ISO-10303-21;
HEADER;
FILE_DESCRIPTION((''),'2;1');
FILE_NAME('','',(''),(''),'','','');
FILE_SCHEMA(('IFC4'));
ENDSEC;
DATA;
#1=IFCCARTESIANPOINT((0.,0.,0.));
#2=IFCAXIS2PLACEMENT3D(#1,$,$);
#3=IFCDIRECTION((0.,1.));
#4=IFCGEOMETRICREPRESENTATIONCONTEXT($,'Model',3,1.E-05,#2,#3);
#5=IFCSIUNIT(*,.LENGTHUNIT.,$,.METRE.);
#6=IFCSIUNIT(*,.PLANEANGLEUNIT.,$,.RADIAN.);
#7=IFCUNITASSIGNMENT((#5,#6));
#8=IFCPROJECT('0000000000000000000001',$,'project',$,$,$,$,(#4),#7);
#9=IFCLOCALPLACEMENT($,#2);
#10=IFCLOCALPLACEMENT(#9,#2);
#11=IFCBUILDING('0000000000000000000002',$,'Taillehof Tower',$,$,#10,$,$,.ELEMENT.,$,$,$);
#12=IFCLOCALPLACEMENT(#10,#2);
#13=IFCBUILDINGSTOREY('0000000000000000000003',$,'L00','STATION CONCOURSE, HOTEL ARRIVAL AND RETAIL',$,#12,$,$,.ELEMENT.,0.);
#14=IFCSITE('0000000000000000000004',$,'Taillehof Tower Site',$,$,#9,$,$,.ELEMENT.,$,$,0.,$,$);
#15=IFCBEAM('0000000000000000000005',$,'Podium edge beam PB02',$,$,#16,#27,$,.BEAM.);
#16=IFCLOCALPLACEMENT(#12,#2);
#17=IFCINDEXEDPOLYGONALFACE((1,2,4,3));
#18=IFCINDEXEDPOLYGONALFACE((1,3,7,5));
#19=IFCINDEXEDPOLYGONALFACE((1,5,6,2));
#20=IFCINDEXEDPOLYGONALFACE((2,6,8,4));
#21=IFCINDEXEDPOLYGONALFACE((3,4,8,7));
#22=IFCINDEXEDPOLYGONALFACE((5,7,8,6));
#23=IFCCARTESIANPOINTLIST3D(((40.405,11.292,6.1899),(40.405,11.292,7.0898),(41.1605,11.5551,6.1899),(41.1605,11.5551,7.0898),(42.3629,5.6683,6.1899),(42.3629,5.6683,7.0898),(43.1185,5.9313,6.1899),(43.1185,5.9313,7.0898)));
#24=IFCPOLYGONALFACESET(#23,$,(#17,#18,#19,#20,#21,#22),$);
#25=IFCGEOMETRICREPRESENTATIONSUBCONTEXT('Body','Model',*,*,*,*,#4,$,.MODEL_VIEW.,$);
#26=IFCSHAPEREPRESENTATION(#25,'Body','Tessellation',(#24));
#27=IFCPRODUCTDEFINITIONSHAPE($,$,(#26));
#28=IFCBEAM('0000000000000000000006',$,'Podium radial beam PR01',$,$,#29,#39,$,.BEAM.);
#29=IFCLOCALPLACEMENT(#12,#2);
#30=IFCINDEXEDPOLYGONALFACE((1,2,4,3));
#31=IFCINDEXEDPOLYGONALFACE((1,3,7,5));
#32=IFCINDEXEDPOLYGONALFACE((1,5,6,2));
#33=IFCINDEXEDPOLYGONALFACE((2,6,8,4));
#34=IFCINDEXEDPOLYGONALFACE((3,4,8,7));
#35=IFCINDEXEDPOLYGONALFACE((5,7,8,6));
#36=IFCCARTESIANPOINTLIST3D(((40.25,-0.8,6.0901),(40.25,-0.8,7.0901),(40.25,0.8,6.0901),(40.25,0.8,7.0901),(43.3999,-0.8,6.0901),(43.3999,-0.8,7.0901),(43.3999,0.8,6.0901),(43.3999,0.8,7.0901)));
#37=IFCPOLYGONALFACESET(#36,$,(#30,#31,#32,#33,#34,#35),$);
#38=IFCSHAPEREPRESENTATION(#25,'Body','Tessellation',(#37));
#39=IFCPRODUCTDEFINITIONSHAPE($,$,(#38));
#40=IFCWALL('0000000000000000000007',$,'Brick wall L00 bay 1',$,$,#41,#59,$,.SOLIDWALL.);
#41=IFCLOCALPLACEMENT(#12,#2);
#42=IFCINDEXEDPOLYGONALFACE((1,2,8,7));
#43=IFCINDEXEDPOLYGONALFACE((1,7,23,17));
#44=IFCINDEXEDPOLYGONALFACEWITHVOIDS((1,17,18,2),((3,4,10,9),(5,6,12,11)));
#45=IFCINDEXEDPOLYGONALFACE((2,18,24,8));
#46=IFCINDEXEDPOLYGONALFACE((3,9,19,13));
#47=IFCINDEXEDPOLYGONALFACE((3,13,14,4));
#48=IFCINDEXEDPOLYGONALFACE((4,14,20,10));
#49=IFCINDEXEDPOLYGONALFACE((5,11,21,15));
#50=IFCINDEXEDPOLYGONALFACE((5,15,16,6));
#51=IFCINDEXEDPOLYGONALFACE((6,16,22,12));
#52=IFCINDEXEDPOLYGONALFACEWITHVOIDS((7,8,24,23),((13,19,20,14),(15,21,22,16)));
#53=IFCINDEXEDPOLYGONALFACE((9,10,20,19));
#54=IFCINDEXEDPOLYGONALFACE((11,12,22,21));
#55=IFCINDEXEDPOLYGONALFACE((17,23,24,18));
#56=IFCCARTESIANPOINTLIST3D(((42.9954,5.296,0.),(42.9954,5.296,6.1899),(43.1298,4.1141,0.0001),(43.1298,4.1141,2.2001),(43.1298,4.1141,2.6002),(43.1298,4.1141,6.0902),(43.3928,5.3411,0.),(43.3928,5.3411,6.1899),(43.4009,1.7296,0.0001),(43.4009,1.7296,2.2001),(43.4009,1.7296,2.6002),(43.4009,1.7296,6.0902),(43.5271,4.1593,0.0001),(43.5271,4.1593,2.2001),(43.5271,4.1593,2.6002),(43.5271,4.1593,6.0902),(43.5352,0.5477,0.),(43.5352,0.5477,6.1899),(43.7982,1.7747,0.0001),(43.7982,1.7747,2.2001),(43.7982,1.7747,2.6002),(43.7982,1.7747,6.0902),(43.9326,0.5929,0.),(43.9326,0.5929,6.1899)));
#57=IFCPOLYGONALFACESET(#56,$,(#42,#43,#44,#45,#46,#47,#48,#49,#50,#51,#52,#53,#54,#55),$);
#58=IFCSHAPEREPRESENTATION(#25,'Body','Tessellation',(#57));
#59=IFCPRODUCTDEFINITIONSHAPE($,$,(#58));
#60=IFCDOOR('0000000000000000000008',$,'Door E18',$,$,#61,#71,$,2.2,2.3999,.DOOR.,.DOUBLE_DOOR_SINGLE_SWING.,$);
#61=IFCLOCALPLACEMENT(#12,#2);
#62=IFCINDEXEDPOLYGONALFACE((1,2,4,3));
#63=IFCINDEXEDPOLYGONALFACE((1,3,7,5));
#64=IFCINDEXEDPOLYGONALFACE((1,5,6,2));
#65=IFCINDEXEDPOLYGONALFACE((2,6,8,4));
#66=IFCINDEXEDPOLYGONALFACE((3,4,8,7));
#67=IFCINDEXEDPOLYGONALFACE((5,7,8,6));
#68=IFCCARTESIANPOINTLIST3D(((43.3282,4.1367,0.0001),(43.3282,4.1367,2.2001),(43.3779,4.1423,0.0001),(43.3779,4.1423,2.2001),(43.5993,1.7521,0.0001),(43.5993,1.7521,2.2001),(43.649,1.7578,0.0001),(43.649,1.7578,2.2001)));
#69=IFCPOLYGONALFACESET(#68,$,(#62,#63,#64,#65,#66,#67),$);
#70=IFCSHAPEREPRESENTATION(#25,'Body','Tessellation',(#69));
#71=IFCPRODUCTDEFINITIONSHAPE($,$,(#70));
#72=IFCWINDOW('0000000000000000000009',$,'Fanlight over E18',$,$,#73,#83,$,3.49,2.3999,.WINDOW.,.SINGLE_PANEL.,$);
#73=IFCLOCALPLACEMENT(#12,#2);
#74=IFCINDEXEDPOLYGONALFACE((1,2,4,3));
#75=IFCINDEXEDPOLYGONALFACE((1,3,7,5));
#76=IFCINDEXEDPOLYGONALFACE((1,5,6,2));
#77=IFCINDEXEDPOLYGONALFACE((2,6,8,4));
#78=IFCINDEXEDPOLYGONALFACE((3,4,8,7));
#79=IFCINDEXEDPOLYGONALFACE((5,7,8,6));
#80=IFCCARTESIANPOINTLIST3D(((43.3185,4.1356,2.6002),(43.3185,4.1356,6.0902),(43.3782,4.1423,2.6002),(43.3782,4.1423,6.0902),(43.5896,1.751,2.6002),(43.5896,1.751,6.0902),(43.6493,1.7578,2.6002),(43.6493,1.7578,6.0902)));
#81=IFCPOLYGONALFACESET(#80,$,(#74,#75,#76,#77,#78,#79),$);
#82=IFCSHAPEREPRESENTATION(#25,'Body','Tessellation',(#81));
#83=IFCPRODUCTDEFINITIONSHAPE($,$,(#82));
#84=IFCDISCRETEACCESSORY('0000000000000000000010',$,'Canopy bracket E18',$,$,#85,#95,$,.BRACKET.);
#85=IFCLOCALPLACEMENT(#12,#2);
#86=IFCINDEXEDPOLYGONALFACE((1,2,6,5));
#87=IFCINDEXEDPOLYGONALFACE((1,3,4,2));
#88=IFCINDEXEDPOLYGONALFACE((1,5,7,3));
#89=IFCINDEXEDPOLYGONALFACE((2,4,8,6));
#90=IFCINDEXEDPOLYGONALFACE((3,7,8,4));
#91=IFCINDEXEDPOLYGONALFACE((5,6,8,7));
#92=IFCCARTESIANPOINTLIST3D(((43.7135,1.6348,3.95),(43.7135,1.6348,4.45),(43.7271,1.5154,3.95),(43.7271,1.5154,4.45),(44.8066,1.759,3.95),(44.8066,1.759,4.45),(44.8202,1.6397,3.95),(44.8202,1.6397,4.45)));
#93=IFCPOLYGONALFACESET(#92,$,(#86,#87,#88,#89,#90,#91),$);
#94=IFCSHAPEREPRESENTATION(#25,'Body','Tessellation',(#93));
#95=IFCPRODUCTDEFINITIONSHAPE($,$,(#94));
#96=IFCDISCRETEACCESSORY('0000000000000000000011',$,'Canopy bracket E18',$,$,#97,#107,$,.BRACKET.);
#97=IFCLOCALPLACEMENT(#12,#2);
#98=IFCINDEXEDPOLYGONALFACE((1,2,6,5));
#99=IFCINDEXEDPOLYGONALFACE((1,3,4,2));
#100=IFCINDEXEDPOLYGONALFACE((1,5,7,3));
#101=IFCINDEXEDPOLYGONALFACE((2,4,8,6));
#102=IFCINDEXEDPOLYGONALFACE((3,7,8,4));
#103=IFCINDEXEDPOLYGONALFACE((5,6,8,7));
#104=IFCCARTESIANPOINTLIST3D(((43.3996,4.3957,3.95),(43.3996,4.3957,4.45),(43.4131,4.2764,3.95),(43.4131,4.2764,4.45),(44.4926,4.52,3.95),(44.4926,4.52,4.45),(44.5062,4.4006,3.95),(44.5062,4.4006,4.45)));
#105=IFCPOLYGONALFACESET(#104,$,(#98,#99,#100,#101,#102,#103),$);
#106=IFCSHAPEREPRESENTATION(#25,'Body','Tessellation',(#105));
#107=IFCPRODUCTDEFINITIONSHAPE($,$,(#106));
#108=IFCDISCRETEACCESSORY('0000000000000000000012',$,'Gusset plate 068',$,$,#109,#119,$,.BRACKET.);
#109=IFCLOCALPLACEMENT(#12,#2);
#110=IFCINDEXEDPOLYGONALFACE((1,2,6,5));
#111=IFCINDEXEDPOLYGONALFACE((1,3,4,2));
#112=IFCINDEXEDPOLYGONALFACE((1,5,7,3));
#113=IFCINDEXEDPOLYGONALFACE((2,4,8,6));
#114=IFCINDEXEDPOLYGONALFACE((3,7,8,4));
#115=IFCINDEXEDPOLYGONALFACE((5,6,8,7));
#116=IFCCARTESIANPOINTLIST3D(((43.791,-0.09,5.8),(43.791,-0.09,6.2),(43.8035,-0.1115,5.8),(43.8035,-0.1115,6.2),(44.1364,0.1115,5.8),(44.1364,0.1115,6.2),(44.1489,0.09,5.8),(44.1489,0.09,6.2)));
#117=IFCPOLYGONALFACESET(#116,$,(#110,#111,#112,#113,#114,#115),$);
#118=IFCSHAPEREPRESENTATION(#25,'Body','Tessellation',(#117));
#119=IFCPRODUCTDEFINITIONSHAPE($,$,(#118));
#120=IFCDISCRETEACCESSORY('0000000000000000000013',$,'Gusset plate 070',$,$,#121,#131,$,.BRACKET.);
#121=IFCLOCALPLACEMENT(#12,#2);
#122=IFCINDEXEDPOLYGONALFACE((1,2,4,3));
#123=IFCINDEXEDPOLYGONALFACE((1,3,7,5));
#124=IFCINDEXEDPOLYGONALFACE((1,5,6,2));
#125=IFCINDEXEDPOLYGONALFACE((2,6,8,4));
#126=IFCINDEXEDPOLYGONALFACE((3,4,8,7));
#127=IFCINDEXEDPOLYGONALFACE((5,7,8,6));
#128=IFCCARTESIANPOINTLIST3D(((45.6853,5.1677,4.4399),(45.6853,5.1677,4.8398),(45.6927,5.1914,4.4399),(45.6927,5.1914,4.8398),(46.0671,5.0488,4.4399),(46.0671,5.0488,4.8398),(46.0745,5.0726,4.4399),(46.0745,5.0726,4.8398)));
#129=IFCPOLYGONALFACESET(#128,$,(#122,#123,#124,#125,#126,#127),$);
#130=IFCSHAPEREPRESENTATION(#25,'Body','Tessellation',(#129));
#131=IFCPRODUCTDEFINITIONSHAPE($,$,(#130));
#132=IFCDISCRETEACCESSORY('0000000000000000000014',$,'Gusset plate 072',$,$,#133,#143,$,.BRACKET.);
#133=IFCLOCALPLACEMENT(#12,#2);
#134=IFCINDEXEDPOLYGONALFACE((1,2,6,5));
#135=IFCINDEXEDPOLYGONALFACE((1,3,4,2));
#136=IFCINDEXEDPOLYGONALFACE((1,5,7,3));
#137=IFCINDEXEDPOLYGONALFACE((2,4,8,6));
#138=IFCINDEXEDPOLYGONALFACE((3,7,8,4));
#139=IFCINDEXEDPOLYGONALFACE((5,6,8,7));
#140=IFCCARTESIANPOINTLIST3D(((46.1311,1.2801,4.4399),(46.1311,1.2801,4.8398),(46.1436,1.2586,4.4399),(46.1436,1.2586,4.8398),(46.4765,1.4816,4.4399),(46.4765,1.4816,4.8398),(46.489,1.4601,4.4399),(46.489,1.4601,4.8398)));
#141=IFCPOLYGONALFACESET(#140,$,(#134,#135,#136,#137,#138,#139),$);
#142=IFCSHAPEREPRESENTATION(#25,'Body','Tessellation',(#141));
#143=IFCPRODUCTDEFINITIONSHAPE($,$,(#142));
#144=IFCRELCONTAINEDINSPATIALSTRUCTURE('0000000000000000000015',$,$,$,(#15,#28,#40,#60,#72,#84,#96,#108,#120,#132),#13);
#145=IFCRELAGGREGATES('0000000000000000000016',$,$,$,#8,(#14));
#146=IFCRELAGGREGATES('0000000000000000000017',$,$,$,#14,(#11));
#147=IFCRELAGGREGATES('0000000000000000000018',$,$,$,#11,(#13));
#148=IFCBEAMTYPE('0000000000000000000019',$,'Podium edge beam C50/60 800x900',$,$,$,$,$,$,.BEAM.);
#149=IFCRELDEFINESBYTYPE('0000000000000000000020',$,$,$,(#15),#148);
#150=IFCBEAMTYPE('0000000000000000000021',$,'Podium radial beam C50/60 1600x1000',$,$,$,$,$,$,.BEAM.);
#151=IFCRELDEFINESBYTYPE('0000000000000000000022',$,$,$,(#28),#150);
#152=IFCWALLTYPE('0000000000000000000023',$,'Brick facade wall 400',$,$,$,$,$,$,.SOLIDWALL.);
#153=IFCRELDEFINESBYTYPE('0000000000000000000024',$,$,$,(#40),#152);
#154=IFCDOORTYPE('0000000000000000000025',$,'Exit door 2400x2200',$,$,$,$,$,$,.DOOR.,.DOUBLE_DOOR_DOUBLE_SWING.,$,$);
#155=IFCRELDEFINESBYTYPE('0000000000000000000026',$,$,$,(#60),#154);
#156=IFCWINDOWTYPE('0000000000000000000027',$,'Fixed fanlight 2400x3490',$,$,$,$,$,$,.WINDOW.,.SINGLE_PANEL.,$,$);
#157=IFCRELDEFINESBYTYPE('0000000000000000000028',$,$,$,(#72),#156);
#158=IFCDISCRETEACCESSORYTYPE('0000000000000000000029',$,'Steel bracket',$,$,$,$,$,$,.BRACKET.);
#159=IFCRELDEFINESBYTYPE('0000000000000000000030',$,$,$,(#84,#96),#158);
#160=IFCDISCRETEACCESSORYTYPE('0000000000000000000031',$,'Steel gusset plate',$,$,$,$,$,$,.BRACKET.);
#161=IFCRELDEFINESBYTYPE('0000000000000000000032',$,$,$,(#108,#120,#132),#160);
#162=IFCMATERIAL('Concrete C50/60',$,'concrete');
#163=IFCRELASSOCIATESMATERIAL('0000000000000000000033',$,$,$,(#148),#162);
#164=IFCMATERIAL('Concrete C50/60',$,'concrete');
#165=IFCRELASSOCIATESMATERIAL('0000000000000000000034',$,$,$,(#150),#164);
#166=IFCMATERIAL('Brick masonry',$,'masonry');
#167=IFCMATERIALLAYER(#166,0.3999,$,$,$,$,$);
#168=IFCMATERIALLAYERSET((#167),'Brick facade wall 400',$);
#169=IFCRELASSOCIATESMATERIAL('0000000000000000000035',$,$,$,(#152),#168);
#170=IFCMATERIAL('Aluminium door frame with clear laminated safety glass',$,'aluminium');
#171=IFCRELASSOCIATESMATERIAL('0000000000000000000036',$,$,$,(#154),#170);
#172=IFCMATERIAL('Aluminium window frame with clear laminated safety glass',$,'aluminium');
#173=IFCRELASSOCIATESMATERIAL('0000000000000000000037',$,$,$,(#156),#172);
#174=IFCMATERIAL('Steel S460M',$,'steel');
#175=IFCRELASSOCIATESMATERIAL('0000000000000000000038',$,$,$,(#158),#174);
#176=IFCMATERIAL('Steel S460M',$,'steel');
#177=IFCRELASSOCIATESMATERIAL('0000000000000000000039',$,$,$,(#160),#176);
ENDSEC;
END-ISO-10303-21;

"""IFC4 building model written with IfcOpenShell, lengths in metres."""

from ifc_helpers import new_model, si_unit, direction, frame, frame_2d, origin, origin_2d, place, context, subcontext, project, spatial, rectangle, extrude, material, layer, layer_set, material_profile, profile_set, type_object, element, fill, save


model = new_model("IFC4")

# Units and contexts
model_context = context("Model", 3, precision=1e-05, world=origin(), true_north=direction((0.0, 1.0)))
body_context = subcontext(model_context, "Body", "Model", "MODEL_VIEW")
ifc_project = project(units=[si_unit("LENGTHUNIT", "METRE"), si_unit("PLANEANGLEUNIT", "RADIAN")], contexts=[model_context])

# Site, building, storey
site_placement = place(None, origin())
site = spatial("IfcSite", under=ifc_project, at=site_placement, Name="Taillehof Tower Site", CompositionType="ELEMENT", RefElevation=0.0)
building_placement = place(site_placement, origin())
building = spatial("IfcBuilding", under=site, at=building_placement, Name="Taillehof Tower", CompositionType="ELEMENT")
storey_placement = place(building_placement, origin())
storey = spatial("IfcBuildingStorey", under=building, at=storey_placement, Name="L00", Description="STATION CONCOURSE, HOTEL ARRIVAL AND RETAIL", CompositionType="ELEMENT", Elevation=0.0)

# Beams
ifc_material_1 = material(Name="Concrete C50/60", Category="concrete")
ifc_material_profile_1 = material_profile(ifc_material_1, rectangle(XDim=0.8, YDim=0.8999, at=origin_2d()), Name="RC 800x900")
ifc_profile_set_1 = profile_set([ifc_material_profile_1], Name="Concrete C50/60")
beam_type_1 = type_object("IfcBeamType", Name="Podium edge beam C50/60 800x900", PredefinedType="BEAM", material=ifc_profile_set_1)
beam_1_placement = place(storey_placement, frame((42.7407, 5.7998, 6.6399), z_axis=(-0.328807, 0.944397, 0.0), x_axis=(-0.944397, -0.328807, 0.0)))
element("IfcBeam", 1, at=beam_1_placement, inside=storey, type_object=beam_type_1, Name="Podium edge beam PB02", PredefinedType="BEAM", context=body_context, shape_type="SweptSolid", body=[
    extrude(rectangle(XDim=0.8, YDim=0.8999, at=origin_2d()), origin(), (0.0, 0.0, 1.0), 5.9548),
])
ifc_material_2 = material(Name="Concrete C50/60", Category="concrete")
ifc_material_profile_2 = material_profile(ifc_material_2, rectangle(XDim=1.6001, YDim=1.0, at=origin_2d()), Name="RC 1600x1000")
ifc_profile_set_2 = profile_set([ifc_material_profile_2], Name="Concrete C50/60")
beam_type_2 = type_object("IfcBeamType", Name="Podium radial beam C50/60 1600x1000", PredefinedType="BEAM", material=ifc_profile_set_2)
beam_2_placement = place(storey_placement, frame((43.3999, 0.0, 6.5901), z_axis=(-1.0, 0.0, 0.0), x_axis=(0.0, -1.0, 0.0)))
element("IfcBeam", 2, at=beam_2_placement, inside=storey, type_object=beam_type_2, Name="Podium radial beam PR01", PredefinedType="BEAM", context=body_context, shape_type="SweptSolid", body=[
    extrude(rectangle(XDim=1.6001, YDim=1.0, at=origin_2d()), origin(), (0.0, 0.0, 1.0), 3.1499),
])

# Wall, openings, door, window
ifc_material_3 = material(Name="Brick masonry", Category="masonry")
ifc_layer = layer(ifc_material_3, 0.3999)
ifc_layer_set = layer_set([ifc_layer], Name="Brick facade wall 400")
wall_type = type_object("IfcWallType", Name="Brick facade wall 400", PredefinedType="SOLIDWALL", material=ifc_layer_set)
wall_placement = place(storey_placement, frame((43.7339, 0.5703, 0.0), z_axis=(0.0, 0.0, 1.0), x_axis=(-0.112954, 0.9936, 0.0)))
wall = element("IfcWall", 3, at=wall_placement, inside=storey, type_object=wall_type, Name="Brick wall L00 bay 1", PredefinedType="SOLIDWALL", context=body_context, shape_type="SweptSolid", body=[
    extrude(rectangle(XDim=4.7788, YDim=0.3999, at=frame_2d((2.3894, 0.0))), origin(), (0.0, 0.0, 1.0), 6.1899),
])
opening_1_placement = place(wall_placement, frame((1.1895, 0.0, 0.0)))
opening_1 = element("IfcOpeningElement", 4, at=opening_1_placement, cuts=wall, PredefinedType="OPENING", context=body_context, shape_type="SweptSolid", body=[
    extrude(rectangle(XDim=2.3999, YDim=2.2, at=frame_2d((1.2, 1.1001))), frame((0.0, 0.21, 0.0), z_axis=(0.0, -1.0, 0.0), x_axis=(1.0, 0.0, 0.0)), (0.0, 0.0, 1.0), 0.4199),
])
opening_2_placement = place(wall_placement, frame((1.1895, 0.0, 2.6001)))
opening_2 = element("IfcOpeningElement", 5, at=opening_2_placement, cuts=wall, PredefinedType="OPENING", context=body_context, shape_type="SweptSolid", body=[
    extrude(rectangle(XDim=2.3999, YDim=3.49, at=frame_2d((1.2, 1.7451))), frame((0.0, 0.21, 0.0), z_axis=(0.0, -1.0, 0.0), x_axis=(1.0, 0.0, 0.0)), (0.0, 0.0, 1.0), 0.4199),
])
ifc_material_4 = material(Name="Aluminium door frame with clear laminated safety glass", Category="aluminium")
door_type = type_object("IfcDoorType", Name="Exit door 2400x2200", OperationType="DOUBLE_DOOR_DOUBLE_SWING", PredefinedType="DOOR", material=ifc_material_4)
door_placement = place(opening_1_placement, frame((2.3999, 0.0, 0.0), z_axis=(0.0, 0.0, 1.0), x_axis=(-1.0, 0.0, 0.0)))
door = element("IfcDoor", 6, at=door_placement, inside=storey, type_object=door_type, Name="Door E18", OperationType="DOUBLE_DOOR_SINGLE_SWING", OverallHeight=2.2, OverallWidth=2.3999, PredefinedType="DOOR", context=body_context, shape_type="SweptSolid", body=[
    extrude(rectangle(XDim=2.3999, YDim=2.2, at=frame_2d((1.2, 1.1001))), frame((0.0, 0.0498, 0.0), z_axis=(0.0, -1.0, 0.0), x_axis=(1.0, 0.0, 0.0)), (0.0, 0.0, 1.0), 0.05),
])
fill(opening_1, door)
ifc_material_5 = material(Name="Aluminium window frame with clear laminated safety glass", Category="aluminium")
window_type = type_object("IfcWindowType", Name="Fixed fanlight 2400x3490", PartitioningType="SINGLE_PANEL", PredefinedType="WINDOW", material=ifc_material_5)
window_placement = place(opening_2_placement, origin())
window = element("IfcWindow", 7, at=window_placement, inside=storey, type_object=window_type, Name="Fanlight over E18", OverallHeight=3.49, OverallWidth=2.3999, PartitioningType="SINGLE_PANEL", PredefinedType="WINDOW", context=body_context, shape_type="SweptSolid", body=[
    extrude(rectangle(XDim=2.3999, YDim=3.49, at=frame_2d((1.2, 1.7451))), frame((0.0, 0.01, 0.0), z_axis=(0.0, -1.0, 0.0), x_axis=(1.0, 0.0, 0.0)), (0.0, 0.0, 1.0), 0.0601),
])
fill(opening_2, window)

# Discrete accessories
ifc_material_6 = material(Name="Steel S460M", Category="steel")
discrete_accessory_type_1 = type_object("IfcDiscreteAccessoryType", Name="Steel bracket", PredefinedType="BRACKET", material=ifc_material_6)
for number, where, z_axis, x_axis, name in (
    (8, (44.2668, 1.6372, 3.95), (0.0, 0.0, 1.0), (0.993603, 0.112933, 0.0), "Canopy bracket E18"),
    (9, (43.9529, 4.3982, 3.95), (0.0, 0.0, 1.0), (0.993603, 0.112933, 0.0), "Canopy bracket E18"),
):
    element("IfcDiscreteAccessory", number, at=place(storey_placement, frame(where, z_axis=z_axis, x_axis=x_axis)), inside=storey, type_object=discrete_accessory_type_1, Name=name, PredefinedType="BRACKET", context=body_context, shape_type="SweptSolid", body=[
        extrude(rectangle(XDim=1.1001, YDim=0.1201, at=origin_2d()), origin(), (0.0, 0.0, 1.0), 0.5),
    ])
ifc_material_7 = material(Name="Steel S460M", Category="steel")
discrete_accessory_type_2 = type_object("IfcDiscreteAccessoryType", Name="Steel gusset plate", PredefinedType="BRACKET", material=ifc_material_7)
for number, where, z_axis, x_axis, name in (
    (10, (43.97, 0.0, 5.8), (0.0, 0.0, 1.0), (-0.863695, -0.504015, 0.0), "Gusset plate 068"),
    (11, (45.8799, 5.1201, 4.4399), (0.0, 0.0, 1.0), (-0.95482, 0.297185, 0.0), "Gusset plate 070"),
    (12, (46.3101, 1.3701, 4.4399), (0.0, 0.0, 1.0), (-0.863695, -0.504015, 0.0), "Gusset plate 072"),
):
    element("IfcDiscreteAccessory", number, at=place(storey_placement, frame(where, z_axis=z_axis, x_axis=x_axis)), inside=storey, type_object=discrete_accessory_type_2, Name=name, PredefinedType="BRACKET", context=body_context, shape_type="SweptSolid", body=[
        extrude(rectangle(XDim=0.3999, YDim=0.0249, at=origin_2d()), origin(), (0.0, 0.0, 1.0), 0.3999),
    ])

save(model, "model.ifc")
